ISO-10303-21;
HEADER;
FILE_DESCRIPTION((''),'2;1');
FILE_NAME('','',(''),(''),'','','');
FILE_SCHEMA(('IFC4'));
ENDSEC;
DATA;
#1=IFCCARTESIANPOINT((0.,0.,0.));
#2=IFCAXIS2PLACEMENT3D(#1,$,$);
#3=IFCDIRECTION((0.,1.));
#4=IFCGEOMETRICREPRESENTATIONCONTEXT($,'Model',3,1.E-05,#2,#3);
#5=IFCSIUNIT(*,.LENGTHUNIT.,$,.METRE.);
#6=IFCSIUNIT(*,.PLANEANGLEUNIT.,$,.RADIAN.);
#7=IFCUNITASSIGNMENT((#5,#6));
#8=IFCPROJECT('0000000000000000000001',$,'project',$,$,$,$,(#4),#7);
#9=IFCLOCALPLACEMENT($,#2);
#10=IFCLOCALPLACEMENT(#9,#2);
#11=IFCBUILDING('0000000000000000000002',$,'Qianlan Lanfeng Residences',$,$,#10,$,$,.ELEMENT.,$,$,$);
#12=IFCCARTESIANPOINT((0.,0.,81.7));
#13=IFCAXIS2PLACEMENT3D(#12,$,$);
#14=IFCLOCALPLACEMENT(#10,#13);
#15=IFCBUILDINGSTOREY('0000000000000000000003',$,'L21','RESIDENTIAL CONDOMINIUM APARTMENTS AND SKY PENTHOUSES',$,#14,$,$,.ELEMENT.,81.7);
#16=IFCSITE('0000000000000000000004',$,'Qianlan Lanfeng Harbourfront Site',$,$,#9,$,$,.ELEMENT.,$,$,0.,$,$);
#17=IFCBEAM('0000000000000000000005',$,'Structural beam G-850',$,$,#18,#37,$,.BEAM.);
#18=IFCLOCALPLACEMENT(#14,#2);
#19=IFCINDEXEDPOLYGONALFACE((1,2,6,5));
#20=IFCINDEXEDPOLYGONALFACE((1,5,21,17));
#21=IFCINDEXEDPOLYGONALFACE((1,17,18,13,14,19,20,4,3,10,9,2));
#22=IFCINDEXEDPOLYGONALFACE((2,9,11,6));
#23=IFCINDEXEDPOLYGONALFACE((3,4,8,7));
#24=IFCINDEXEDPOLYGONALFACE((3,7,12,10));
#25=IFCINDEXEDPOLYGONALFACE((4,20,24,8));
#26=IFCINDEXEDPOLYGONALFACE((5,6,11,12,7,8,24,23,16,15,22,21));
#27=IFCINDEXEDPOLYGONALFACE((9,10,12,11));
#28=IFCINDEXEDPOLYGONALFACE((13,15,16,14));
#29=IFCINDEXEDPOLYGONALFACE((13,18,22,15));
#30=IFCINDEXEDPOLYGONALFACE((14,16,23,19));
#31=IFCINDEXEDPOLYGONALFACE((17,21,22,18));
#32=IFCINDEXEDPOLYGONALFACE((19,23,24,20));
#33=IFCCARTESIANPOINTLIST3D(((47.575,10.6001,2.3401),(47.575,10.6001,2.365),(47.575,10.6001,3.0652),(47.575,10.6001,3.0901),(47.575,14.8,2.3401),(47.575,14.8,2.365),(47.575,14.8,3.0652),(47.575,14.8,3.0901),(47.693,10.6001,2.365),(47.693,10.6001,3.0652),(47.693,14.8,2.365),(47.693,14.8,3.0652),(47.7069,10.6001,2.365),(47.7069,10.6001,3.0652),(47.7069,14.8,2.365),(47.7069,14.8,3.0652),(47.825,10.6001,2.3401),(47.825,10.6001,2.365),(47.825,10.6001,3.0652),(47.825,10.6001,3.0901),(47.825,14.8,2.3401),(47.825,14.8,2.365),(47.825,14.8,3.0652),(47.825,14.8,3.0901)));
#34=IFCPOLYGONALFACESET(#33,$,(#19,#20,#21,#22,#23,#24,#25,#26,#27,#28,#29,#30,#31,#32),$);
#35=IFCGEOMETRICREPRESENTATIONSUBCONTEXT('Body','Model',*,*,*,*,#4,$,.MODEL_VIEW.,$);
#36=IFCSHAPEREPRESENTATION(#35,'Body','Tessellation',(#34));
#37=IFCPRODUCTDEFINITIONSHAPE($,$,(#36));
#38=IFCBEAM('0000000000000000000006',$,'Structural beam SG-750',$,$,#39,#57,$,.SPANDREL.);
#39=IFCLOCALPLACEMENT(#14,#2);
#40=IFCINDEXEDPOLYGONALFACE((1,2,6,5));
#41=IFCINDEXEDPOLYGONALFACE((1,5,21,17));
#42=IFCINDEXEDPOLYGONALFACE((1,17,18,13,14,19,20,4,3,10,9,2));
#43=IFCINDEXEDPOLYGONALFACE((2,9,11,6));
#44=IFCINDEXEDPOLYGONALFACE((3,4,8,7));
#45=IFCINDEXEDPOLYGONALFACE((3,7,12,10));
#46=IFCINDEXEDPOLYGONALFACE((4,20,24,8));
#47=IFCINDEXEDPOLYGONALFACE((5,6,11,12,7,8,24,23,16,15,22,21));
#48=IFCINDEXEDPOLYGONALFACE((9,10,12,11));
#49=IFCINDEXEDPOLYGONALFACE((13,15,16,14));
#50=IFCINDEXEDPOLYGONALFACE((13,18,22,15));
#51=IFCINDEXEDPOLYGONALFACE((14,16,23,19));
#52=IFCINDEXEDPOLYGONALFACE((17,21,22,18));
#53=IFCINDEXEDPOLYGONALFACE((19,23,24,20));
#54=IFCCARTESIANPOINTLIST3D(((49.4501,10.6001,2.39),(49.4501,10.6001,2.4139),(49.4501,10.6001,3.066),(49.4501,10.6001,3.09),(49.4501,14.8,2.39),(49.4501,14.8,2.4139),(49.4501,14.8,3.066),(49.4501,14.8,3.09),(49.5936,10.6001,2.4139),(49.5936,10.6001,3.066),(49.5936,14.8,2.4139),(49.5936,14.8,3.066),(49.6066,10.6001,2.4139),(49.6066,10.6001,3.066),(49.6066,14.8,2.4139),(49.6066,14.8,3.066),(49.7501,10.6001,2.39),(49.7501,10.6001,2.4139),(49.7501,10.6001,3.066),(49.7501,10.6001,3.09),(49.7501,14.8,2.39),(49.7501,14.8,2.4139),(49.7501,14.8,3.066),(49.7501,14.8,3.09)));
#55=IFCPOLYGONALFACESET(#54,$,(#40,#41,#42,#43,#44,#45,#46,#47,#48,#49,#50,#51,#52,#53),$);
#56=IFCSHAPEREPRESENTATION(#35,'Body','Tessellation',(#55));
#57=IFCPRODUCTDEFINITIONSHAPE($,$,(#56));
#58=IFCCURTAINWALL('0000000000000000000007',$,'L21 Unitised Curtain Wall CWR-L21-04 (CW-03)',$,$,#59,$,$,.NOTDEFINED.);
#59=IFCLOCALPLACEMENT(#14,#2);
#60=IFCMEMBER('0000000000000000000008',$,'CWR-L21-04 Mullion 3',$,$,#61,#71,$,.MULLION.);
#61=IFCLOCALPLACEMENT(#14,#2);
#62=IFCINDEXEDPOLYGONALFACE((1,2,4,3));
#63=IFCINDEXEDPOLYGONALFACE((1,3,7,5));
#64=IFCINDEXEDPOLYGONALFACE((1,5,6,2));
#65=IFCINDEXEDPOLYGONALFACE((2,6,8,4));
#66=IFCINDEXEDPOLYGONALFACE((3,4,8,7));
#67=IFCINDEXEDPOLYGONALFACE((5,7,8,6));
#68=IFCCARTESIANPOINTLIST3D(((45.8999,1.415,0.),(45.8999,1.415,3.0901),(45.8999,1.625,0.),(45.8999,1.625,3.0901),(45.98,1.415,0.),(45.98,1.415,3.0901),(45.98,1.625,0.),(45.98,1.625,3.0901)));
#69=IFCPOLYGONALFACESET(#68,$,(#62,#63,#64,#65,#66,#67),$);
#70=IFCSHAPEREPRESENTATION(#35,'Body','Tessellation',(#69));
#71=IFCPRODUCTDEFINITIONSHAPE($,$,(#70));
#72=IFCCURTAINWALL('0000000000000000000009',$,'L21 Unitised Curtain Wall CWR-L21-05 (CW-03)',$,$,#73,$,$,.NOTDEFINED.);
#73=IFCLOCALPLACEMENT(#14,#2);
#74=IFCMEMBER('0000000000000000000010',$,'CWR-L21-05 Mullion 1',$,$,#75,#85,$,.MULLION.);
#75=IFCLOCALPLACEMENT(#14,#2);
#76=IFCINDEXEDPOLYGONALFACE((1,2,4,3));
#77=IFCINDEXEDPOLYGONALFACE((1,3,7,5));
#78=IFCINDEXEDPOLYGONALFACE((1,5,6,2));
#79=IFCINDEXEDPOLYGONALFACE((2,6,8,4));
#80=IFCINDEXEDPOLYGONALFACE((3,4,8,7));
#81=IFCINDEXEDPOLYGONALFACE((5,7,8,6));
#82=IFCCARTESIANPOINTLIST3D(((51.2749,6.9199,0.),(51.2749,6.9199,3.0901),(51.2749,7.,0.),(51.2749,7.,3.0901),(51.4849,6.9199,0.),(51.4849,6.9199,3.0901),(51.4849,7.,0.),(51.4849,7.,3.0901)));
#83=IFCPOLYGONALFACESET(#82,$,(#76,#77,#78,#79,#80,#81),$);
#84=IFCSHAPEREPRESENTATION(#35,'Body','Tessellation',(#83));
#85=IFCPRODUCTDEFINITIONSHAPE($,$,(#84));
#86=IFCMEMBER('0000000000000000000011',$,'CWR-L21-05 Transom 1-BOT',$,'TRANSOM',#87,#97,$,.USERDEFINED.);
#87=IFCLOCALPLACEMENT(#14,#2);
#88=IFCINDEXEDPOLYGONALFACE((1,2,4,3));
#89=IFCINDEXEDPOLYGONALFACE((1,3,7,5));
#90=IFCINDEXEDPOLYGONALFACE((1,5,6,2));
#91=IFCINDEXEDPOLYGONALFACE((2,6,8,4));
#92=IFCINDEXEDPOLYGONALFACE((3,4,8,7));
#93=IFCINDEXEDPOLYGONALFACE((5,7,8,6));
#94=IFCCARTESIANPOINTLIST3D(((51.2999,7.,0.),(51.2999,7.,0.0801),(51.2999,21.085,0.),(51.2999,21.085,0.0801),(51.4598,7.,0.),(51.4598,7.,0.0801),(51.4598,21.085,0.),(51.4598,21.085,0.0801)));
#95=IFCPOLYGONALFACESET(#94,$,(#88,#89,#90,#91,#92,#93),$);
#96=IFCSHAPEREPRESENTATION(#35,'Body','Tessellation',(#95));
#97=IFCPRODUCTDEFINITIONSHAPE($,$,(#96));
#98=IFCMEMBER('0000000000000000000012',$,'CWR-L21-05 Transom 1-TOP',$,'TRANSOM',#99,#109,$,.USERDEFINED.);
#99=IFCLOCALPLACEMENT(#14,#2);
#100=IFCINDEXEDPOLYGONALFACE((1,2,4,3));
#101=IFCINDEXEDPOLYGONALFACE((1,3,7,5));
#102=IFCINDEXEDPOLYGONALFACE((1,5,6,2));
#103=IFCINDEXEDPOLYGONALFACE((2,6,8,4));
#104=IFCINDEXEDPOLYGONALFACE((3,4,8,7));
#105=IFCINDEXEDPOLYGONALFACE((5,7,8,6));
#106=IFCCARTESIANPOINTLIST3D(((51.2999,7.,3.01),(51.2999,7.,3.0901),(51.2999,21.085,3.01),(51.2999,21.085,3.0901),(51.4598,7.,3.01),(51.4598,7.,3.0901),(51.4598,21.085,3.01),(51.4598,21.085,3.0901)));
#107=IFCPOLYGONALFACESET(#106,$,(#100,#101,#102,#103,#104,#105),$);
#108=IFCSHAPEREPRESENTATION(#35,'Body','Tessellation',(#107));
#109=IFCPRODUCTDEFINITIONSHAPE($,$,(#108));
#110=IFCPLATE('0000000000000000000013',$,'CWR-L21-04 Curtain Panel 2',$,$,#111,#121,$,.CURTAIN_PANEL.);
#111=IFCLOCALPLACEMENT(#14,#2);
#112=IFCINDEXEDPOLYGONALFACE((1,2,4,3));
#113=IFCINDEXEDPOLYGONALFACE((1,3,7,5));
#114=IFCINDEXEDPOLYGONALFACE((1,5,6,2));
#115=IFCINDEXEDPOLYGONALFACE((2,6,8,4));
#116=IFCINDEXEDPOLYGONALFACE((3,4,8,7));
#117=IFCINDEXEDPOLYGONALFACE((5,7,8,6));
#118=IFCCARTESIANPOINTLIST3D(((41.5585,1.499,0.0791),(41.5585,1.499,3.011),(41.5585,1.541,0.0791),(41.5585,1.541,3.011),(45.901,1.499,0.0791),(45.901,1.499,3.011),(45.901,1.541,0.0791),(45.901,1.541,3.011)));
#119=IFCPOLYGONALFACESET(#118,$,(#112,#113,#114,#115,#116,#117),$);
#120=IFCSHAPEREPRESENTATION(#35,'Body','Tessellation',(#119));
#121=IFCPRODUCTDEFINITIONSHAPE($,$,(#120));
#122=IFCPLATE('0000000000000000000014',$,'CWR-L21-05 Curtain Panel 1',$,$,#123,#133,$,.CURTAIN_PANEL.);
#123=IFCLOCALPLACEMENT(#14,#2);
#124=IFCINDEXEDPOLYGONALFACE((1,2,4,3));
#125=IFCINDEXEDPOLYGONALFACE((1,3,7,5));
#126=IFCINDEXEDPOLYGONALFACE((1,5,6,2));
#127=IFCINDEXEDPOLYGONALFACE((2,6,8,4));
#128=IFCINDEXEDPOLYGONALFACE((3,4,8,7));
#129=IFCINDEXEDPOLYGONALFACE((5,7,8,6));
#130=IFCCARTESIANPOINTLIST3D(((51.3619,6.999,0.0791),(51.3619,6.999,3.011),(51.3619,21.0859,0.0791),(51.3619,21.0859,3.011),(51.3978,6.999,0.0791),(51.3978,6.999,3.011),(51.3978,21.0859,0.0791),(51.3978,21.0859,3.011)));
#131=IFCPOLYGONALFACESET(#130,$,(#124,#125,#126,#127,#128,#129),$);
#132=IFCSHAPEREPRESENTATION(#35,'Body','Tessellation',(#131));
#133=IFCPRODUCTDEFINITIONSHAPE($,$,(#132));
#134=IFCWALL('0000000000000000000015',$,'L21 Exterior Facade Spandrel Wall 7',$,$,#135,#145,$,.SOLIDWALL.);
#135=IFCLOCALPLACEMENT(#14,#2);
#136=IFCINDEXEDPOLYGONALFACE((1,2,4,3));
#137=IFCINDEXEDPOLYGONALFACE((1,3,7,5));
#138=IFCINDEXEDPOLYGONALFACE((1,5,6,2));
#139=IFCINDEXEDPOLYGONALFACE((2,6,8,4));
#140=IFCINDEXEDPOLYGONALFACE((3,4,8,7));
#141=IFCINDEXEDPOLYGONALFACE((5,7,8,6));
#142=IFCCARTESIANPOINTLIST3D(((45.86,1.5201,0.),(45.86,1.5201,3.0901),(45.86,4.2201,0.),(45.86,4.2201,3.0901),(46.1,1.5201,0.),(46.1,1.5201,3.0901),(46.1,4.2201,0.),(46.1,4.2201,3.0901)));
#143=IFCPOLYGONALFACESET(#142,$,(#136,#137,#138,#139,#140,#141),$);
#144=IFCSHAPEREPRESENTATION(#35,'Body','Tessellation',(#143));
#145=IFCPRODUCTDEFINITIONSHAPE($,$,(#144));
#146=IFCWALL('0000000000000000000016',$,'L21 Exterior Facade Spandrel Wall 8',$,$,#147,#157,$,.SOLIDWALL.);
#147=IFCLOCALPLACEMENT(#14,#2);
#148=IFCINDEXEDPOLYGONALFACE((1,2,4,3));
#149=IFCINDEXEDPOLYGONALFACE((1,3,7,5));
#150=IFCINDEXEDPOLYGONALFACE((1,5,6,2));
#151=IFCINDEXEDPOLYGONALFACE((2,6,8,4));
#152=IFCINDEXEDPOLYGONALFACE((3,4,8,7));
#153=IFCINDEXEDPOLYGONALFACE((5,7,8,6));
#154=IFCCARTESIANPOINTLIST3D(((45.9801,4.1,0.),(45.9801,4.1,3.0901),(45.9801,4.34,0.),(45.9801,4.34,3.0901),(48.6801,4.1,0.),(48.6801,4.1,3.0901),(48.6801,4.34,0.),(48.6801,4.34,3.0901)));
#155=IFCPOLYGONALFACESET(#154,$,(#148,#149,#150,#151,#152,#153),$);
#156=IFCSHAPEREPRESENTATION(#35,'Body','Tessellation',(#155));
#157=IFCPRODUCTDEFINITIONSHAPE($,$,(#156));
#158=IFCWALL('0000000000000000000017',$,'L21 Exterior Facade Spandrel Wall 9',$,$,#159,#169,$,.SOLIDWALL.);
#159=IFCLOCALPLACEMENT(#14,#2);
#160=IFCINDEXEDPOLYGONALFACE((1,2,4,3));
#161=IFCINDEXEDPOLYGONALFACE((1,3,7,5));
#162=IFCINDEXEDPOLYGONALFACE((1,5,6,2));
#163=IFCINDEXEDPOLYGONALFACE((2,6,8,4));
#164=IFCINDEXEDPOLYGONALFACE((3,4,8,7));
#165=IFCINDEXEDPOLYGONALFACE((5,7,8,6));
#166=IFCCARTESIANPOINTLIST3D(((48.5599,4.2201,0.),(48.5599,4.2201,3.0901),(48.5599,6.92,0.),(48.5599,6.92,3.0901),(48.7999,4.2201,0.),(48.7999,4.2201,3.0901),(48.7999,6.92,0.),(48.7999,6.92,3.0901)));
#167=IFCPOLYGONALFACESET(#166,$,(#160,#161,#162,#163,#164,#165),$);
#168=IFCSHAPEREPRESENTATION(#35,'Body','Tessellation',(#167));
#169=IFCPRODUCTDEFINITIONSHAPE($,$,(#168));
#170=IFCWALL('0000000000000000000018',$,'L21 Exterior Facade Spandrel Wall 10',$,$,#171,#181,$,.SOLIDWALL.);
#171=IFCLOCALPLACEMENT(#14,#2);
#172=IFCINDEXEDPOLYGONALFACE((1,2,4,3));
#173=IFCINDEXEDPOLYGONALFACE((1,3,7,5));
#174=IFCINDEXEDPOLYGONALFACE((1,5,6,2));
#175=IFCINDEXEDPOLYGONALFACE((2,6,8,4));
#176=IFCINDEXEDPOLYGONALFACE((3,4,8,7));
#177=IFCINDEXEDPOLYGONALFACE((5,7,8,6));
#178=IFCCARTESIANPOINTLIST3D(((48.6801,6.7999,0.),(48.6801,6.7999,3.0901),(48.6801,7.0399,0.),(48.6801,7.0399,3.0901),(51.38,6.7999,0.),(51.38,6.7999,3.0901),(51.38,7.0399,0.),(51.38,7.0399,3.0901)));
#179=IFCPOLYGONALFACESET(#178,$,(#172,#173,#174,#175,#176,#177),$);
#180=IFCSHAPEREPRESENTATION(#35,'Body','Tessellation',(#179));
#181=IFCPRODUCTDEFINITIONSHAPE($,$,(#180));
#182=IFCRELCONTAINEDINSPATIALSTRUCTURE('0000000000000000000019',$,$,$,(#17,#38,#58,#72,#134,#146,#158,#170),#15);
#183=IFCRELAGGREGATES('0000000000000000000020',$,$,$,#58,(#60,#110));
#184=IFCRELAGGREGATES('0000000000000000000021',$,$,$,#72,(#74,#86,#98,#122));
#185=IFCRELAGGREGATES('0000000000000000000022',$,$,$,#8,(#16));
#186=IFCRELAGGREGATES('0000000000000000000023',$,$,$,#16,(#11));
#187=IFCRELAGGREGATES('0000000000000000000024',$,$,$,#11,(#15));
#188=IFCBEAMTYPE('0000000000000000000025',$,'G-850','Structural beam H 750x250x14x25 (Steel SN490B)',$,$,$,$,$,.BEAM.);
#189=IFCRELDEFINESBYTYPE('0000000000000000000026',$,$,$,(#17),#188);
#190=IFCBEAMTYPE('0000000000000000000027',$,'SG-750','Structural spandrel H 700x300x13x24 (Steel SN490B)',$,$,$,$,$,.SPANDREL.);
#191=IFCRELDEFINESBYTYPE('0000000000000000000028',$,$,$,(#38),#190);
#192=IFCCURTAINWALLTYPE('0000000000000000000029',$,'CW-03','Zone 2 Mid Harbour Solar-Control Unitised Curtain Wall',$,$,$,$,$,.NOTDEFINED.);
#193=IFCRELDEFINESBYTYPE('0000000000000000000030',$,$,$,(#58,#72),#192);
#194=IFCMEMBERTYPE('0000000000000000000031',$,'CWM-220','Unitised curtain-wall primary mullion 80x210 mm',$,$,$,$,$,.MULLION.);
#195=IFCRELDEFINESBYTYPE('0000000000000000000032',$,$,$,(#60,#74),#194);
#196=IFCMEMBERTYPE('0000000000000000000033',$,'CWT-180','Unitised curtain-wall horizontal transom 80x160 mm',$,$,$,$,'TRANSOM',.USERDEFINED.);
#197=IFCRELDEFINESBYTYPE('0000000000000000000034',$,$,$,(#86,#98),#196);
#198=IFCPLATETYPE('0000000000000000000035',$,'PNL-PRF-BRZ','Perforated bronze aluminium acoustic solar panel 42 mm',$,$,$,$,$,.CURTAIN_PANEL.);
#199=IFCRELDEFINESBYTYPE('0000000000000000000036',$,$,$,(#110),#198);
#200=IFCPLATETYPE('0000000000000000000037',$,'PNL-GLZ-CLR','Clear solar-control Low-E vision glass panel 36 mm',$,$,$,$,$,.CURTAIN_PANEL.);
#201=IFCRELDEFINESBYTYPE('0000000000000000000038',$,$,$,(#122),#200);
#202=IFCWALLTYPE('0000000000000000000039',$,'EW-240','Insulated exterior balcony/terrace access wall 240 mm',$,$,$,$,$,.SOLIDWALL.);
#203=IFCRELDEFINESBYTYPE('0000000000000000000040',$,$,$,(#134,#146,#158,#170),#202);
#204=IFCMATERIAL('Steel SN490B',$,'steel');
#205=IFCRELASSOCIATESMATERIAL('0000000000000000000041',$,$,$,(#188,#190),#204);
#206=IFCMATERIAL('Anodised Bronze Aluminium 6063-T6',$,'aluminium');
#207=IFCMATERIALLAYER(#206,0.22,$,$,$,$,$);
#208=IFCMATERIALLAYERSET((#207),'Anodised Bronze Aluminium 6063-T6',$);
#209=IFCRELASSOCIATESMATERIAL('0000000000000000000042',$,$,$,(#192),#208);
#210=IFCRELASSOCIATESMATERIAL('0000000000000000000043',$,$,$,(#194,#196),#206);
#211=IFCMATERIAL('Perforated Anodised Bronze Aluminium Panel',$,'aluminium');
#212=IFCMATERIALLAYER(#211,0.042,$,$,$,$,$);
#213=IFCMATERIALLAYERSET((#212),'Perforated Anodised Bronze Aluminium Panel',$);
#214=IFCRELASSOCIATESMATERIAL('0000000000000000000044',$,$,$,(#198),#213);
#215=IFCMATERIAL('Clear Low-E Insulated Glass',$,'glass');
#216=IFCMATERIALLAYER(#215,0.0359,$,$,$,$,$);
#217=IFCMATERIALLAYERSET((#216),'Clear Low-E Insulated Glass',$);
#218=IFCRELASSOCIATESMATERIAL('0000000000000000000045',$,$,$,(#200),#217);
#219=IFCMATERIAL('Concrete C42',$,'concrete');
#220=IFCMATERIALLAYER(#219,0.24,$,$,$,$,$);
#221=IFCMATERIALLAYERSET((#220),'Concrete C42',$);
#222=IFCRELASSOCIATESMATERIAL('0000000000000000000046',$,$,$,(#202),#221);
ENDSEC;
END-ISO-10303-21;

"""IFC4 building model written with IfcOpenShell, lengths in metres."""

from ifc_helpers import new_model, si_unit, direction, frame, frame_2d, origin, origin_2d, place, context, subcontext, project, spatial, rectangle, i_section, extrude, source, transform, mapped, material, layer, layer_set, material_profile, profile_set, type_object, element, aggregate, save


model = new_model("IFC4")

# Units and contexts
model_context = context("Model", 3, precision=1e-05, world=origin(), true_north=direction((0.0, 1.0)))
body_context = subcontext(model_context, "Body", "Model", "MODEL_VIEW")
ifc_project = project(units=[si_unit("LENGTHUNIT", "METRE"), si_unit("PLANEANGLEUNIT", "RADIAN")], contexts=[model_context])

# Site, building, storey
site_placement = place(None, origin())
site = spatial("IfcSite", under=ifc_project, at=site_placement, Name="Qianlan Lanfeng Harbourfront Site", CompositionType="ELEMENT", RefElevation=0.0)
building_placement = place(site_placement, origin())
building = spatial("IfcBuilding", under=site, at=building_placement, Name="Qianlan Lanfeng Residences", CompositionType="ELEMENT")
storey_placement = place(building_placement, frame((0.0, 0.0, 81.7)))
storey = spatial("IfcBuildingStorey", under=building, at=storey_placement, Name="L21", Description="RESIDENTIAL CONDOMINIUM APARTMENTS AND SKY PENTHOUSES", CompositionType="ELEMENT", Elevation=81.7)

# Shared definitions
ifc_material_1 = material(Name="Steel SN490B", Category="steel")

# Beams
ifc_material_profile_1 = material_profile(ifc_material_1, i_section(OverallWidth=0.25, OverallDepth=0.75, WebThickness=0.0139, FlangeThickness=0.0249, at=origin_2d()), Name="H 750x250x14x25")
ifc_profile_set_1 = profile_set([ifc_material_profile_1], Name="Steel SN490B")
beam_type_1 = type_object("IfcBeamType", Name="G-850", Description="Structural beam H 750x250x14x25 (Steel SN490B)", PredefinedType="BEAM", material=ifc_profile_set_1)
beam_1_placement = place(storey_placement, frame((47.7, 10.6001, 2.7151), z_axis=(0.0, 1.0, 0.0), x_axis=(-1.0, 0.0, 0.0)))
element("IfcBeam", 1, at=beam_1_placement, inside=storey, type_object=beam_type_1, Name="Structural beam G-850", PredefinedType="BEAM", context=body_context, shape_type="SweptSolid", body=[
    extrude(i_section(OverallWidth=0.25, OverallDepth=0.75, WebThickness=0.0139, FlangeThickness=0.0249, at=origin_2d()), origin(), (0.0, 0.0, 1.0), 4.2),
])
ifc_material_profile_2 = material_profile(ifc_material_1, i_section(OverallWidth=0.3, OverallDepth=0.7, WebThickness=0.0129, FlangeThickness=0.0239, at=origin_2d()), Name="H 700x300x13x24")
ifc_profile_set_2 = profile_set([ifc_material_profile_2], Name="Steel SN490B")
beam_type_2 = type_object("IfcBeamType", Name="SG-750", Description="Structural spandrel H 700x300x13x24 (Steel SN490B)", PredefinedType="SPANDREL", material=ifc_profile_set_2)
beam_2_placement = place(storey_placement, frame((49.6001, 10.6001, 2.74), z_axis=(0.0, 1.0, 0.0), x_axis=(-1.0, 0.0, 0.0)))
element("IfcBeam", 2, at=beam_2_placement, inside=storey, type_object=beam_type_2, Name="Structural beam SG-750", PredefinedType="SPANDREL", context=body_context, shape_type="SweptSolid", body=[
    extrude(i_section(OverallWidth=0.3, OverallDepth=0.7, WebThickness=0.0129, FlangeThickness=0.0239, at=origin_2d()), origin(), (0.0, 0.0, 1.0), 4.2),
])

# Curtain wall, member
ifc_material_2 = material(Name="Anodised Bronze Aluminium 6063-T6", Category="aluminium")
ifc_layer_1 = layer(ifc_material_2, 0.22)
ifc_layer_set_1 = layer_set([ifc_layer_1], Name="Anodised Bronze Aluminium 6063-T6")
curtain_wall_type = type_object("IfcCurtainWallType", Name="CW-03", Description="Zone 2 Mid Harbour Solar-Control Unitised Curtain Wall", PredefinedType="NOTDEFINED", material=ifc_layer_set_1)
curtain_wall_1_placement = place(storey_placement, origin())
curtain_wall_1 = element("IfcCurtainWall", 3, at=curtain_wall_1_placement, inside=storey, type_object=curtain_wall_type, Name="L21 Unitised Curtain Wall CWR-L21-04 (CW-03)", PredefinedType="NOTDEFINED")
ifc_material_profile_3 = material_profile(ifc_material_2, rectangle(XDim=0.0801, YDim=0.21, at=origin_2d()), Name="ALU MULLION 80x210")
ifc_profile_set_3 = profile_set([ifc_material_profile_3], Name="Anodised Bronze Aluminium 6063-T6")
member_type_1 = type_object("IfcMemberType", Name="CWM-220", Description="Unitised curtain-wall primary mullion 80x210 mm", PredefinedType="MULLION", material=ifc_profile_set_3)
shared_shape_1 = source(origin(), body_context, "Body", "SweptSolid", [
    extrude(rectangle(XDim=0.0801, YDim=0.21, at=origin_2d()), origin(), (0.0, 0.0, 1.0), 3.0901),
])
member_1_placement = place(storey_placement, frame((45.9399, 1.52, 0.0), z_axis=(0.0, 0.0, 1.0), x_axis=(1.0, 0.0, 0.0)))
member_1 = element("IfcMember", 4, at=member_1_placement, type_object=member_type_1, Name="CWR-L21-04 Mullion 3", PredefinedType="MULLION", context=body_context, shape_type="MappedRepresentation", body=[
    mapped(shared_shape_1, transform((0.0, 0.0, 0.0), scale=1.0)),
])

# Curtain wall, members
curtain_wall_2_placement = place(storey_placement, origin())
curtain_wall_2 = element("IfcCurtainWall", 5, at=curtain_wall_2_placement, inside=storey, type_object=curtain_wall_type, Name="L21 Unitised Curtain Wall CWR-L21-05 (CW-03)", PredefinedType="NOTDEFINED")
member_2_placement = place(storey_placement, frame((51.3799, 6.96, 0.0), z_axis=(0.0, 0.0, 1.0), x_axis=(0.0, 1.0, 0.0)))
member_2 = element("IfcMember", 6, at=member_2_placement, type_object=member_type_1, Name="CWR-L21-05 Mullion 1", PredefinedType="MULLION", context=body_context, shape_type="MappedRepresentation", body=[
    mapped(shared_shape_1, transform((0.0, 0.0, 0.0), scale=1.0)),
])
ifc_material_profile_4 = material_profile(ifc_material_2, rectangle(XDim=0.0801, YDim=0.1599, at=origin_2d()), Name="ALU TRANSOM 80x160")
ifc_profile_set_4 = profile_set([ifc_material_profile_4], Name="Anodised Bronze Aluminium 6063-T6")
member_type_2 = type_object("IfcMemberType", Name="CWT-180", Description="Unitised curtain-wall horizontal transom 80x160 mm", ElementType="TRANSOM", PredefinedType="USERDEFINED", material=ifc_profile_set_4)
shared_shape_2 = source(origin(), body_context, "Body", "SweptSolid", [
    extrude(rectangle(XDim=0.0801, YDim=0.1599, at=origin_2d()), origin(), (0.0, 0.0, 1.0), 14.085),
])
member_3_placement = place(storey_placement, frame((51.3799, 7.0, 0.04), z_axis=(0.0, 1.0, 0.0), x_axis=(0.0, 0.0, 1.0)))
member_3 = element("IfcMember", 7, at=member_3_placement, type_object=member_type_2, Name="CWR-L21-05 Transom 1-BOT", ObjectType="TRANSOM", PredefinedType="USERDEFINED", context=body_context, shape_type="MappedRepresentation", body=[
    mapped(shared_shape_2, transform((0.0, 0.0, 0.0), scale=1.0)),
])
member_4_placement = place(storey_placement, frame((51.3799, 7.0, 3.05), z_axis=(0.0, 1.0, 0.0), x_axis=(0.0, 0.0, 1.0)))
member_4 = element("IfcMember", 8, at=member_4_placement, type_object=member_type_2, Name="CWR-L21-05 Transom 1-TOP", ObjectType="TRANSOM", PredefinedType="USERDEFINED", context=body_context, shape_type="MappedRepresentation", body=[
    mapped(shared_shape_2, transform((0.0, 0.0, 0.0), scale=1.0)),
])

# Plates
ifc_material_3 = material(Name="Perforated Anodised Bronze Aluminium Panel", Category="aluminium")
ifc_layer_2 = layer(ifc_material_3, 0.042)
ifc_layer_set_2 = layer_set([ifc_layer_2], Name="Perforated Anodised Bronze Aluminium Panel")
plate_type_1 = type_object("IfcPlateType", Name="PNL-PRF-BRZ", Description="Perforated bronze aluminium acoustic solar panel 42 mm", PredefinedType="CURTAIN_PANEL", material=ifc_layer_set_2)
shared_shape_3 = source(origin(), body_context, "Body", "SweptSolid", [
    extrude(rectangle(XDim=4.3425, YDim=0.042, at=origin_2d()), origin(), (0.0, 0.0, 1.0), 2.9319),
])
plate_1_placement = place(storey_placement, frame((43.7297, 1.52, 0.0791), z_axis=(0.0, 0.0, 1.0), x_axis=(1.0, 0.0, 0.0)))
plate_1 = element("IfcPlate", 9, at=plate_1_placement, type_object=plate_type_1, Name="CWR-L21-04 Curtain Panel 2", PredefinedType="CURTAIN_PANEL", context=body_context, shape_type="MappedRepresentation", body=[
    mapped(shared_shape_3, transform((0.0, 0.0, 0.0), scale=1.0)),
])
aggregate(curtain_wall_1, [member_1, plate_1])
ifc_material_4 = material(Name="Clear Low-E Insulated Glass", Category="glass")
ifc_layer_3 = layer(ifc_material_4, 0.0359)
ifc_layer_set_3 = layer_set([ifc_layer_3], Name="Clear Low-E Insulated Glass")
plate_type_2 = type_object("IfcPlateType", Name="PNL-GLZ-CLR", Description="Clear solar-control Low-E vision glass panel 36 mm", PredefinedType="CURTAIN_PANEL", material=ifc_layer_set_3)
shared_shape_4 = source(origin(), body_context, "Body", "SweptSolid", [
    extrude(rectangle(XDim=14.0869, YDim=0.0359, at=origin_2d()), origin(), (0.0, 0.0, 1.0), 2.9319),
])
plate_2_placement = place(storey_placement, frame((51.3799, 14.0425, 0.0791), z_axis=(0.0, 0.0, 1.0), x_axis=(0.0, 1.0, 0.0)))
plate_2 = element("IfcPlate", 10, at=plate_2_placement, type_object=plate_type_2, Name="CWR-L21-05 Curtain Panel 1", PredefinedType="CURTAIN_PANEL", context=body_context, shape_type="MappedRepresentation", body=[
    mapped(shared_shape_4, transform((0.0, 0.0, 0.0), scale=1.0)),
])
aggregate(curtain_wall_2, [member_2, member_3, member_4, plate_2])

# Walls
ifc_material_5 = material(Name="Concrete C42", Category="concrete")
ifc_layer_4 = layer(ifc_material_5, 0.24)
ifc_layer_set_4 = layer_set([ifc_layer_4], Name="Concrete C42")
wall_type = type_object("IfcWallType", Name="EW-240", Description="Insulated exterior balcony/terrace access wall 240 mm", PredefinedType="SOLIDWALL", material=ifc_layer_set_4)
for number, where, z_axis, x_axis, name in (
    (11, (45.98, 1.52, 0.0), (0.0, 0.0, 1.0), (0.0, 1.0, 0.0), "L21 Exterior Facade Spandrel Wall 7"),
    (12, (45.98, 4.22, 0.0), (0.0, 0.0, 1.0), (1.0, 0.0, 0.0), "L21 Exterior Facade Spandrel Wall 8"),
    (13, (48.6799, 4.22, 0.0), (0.0, 0.0, 1.0), (0.0, 1.0, 0.0), "L21 Exterior Facade Spandrel Wall 9"),
    (14, (48.6799, 6.9199, 0.0), (0.0, 0.0, 1.0), (1.0, 0.0, 0.0), "L21 Exterior Facade Spandrel Wall 10"),
):
    element("IfcWall", number, at=place(storey_placement, frame(where, z_axis=z_axis, x_axis=x_axis)), inside=storey, type_object=wall_type, Name=name, PredefinedType="SOLIDWALL", context=body_context, shape_type="SweptSolid", body=[
        extrude(rectangle(XDim=2.7, YDim=0.24, at=frame_2d((1.3501, 0.0))), origin(), (0.0, 0.0, 1.0), 3.0901),
    ])

save(model, "model.ifc")
